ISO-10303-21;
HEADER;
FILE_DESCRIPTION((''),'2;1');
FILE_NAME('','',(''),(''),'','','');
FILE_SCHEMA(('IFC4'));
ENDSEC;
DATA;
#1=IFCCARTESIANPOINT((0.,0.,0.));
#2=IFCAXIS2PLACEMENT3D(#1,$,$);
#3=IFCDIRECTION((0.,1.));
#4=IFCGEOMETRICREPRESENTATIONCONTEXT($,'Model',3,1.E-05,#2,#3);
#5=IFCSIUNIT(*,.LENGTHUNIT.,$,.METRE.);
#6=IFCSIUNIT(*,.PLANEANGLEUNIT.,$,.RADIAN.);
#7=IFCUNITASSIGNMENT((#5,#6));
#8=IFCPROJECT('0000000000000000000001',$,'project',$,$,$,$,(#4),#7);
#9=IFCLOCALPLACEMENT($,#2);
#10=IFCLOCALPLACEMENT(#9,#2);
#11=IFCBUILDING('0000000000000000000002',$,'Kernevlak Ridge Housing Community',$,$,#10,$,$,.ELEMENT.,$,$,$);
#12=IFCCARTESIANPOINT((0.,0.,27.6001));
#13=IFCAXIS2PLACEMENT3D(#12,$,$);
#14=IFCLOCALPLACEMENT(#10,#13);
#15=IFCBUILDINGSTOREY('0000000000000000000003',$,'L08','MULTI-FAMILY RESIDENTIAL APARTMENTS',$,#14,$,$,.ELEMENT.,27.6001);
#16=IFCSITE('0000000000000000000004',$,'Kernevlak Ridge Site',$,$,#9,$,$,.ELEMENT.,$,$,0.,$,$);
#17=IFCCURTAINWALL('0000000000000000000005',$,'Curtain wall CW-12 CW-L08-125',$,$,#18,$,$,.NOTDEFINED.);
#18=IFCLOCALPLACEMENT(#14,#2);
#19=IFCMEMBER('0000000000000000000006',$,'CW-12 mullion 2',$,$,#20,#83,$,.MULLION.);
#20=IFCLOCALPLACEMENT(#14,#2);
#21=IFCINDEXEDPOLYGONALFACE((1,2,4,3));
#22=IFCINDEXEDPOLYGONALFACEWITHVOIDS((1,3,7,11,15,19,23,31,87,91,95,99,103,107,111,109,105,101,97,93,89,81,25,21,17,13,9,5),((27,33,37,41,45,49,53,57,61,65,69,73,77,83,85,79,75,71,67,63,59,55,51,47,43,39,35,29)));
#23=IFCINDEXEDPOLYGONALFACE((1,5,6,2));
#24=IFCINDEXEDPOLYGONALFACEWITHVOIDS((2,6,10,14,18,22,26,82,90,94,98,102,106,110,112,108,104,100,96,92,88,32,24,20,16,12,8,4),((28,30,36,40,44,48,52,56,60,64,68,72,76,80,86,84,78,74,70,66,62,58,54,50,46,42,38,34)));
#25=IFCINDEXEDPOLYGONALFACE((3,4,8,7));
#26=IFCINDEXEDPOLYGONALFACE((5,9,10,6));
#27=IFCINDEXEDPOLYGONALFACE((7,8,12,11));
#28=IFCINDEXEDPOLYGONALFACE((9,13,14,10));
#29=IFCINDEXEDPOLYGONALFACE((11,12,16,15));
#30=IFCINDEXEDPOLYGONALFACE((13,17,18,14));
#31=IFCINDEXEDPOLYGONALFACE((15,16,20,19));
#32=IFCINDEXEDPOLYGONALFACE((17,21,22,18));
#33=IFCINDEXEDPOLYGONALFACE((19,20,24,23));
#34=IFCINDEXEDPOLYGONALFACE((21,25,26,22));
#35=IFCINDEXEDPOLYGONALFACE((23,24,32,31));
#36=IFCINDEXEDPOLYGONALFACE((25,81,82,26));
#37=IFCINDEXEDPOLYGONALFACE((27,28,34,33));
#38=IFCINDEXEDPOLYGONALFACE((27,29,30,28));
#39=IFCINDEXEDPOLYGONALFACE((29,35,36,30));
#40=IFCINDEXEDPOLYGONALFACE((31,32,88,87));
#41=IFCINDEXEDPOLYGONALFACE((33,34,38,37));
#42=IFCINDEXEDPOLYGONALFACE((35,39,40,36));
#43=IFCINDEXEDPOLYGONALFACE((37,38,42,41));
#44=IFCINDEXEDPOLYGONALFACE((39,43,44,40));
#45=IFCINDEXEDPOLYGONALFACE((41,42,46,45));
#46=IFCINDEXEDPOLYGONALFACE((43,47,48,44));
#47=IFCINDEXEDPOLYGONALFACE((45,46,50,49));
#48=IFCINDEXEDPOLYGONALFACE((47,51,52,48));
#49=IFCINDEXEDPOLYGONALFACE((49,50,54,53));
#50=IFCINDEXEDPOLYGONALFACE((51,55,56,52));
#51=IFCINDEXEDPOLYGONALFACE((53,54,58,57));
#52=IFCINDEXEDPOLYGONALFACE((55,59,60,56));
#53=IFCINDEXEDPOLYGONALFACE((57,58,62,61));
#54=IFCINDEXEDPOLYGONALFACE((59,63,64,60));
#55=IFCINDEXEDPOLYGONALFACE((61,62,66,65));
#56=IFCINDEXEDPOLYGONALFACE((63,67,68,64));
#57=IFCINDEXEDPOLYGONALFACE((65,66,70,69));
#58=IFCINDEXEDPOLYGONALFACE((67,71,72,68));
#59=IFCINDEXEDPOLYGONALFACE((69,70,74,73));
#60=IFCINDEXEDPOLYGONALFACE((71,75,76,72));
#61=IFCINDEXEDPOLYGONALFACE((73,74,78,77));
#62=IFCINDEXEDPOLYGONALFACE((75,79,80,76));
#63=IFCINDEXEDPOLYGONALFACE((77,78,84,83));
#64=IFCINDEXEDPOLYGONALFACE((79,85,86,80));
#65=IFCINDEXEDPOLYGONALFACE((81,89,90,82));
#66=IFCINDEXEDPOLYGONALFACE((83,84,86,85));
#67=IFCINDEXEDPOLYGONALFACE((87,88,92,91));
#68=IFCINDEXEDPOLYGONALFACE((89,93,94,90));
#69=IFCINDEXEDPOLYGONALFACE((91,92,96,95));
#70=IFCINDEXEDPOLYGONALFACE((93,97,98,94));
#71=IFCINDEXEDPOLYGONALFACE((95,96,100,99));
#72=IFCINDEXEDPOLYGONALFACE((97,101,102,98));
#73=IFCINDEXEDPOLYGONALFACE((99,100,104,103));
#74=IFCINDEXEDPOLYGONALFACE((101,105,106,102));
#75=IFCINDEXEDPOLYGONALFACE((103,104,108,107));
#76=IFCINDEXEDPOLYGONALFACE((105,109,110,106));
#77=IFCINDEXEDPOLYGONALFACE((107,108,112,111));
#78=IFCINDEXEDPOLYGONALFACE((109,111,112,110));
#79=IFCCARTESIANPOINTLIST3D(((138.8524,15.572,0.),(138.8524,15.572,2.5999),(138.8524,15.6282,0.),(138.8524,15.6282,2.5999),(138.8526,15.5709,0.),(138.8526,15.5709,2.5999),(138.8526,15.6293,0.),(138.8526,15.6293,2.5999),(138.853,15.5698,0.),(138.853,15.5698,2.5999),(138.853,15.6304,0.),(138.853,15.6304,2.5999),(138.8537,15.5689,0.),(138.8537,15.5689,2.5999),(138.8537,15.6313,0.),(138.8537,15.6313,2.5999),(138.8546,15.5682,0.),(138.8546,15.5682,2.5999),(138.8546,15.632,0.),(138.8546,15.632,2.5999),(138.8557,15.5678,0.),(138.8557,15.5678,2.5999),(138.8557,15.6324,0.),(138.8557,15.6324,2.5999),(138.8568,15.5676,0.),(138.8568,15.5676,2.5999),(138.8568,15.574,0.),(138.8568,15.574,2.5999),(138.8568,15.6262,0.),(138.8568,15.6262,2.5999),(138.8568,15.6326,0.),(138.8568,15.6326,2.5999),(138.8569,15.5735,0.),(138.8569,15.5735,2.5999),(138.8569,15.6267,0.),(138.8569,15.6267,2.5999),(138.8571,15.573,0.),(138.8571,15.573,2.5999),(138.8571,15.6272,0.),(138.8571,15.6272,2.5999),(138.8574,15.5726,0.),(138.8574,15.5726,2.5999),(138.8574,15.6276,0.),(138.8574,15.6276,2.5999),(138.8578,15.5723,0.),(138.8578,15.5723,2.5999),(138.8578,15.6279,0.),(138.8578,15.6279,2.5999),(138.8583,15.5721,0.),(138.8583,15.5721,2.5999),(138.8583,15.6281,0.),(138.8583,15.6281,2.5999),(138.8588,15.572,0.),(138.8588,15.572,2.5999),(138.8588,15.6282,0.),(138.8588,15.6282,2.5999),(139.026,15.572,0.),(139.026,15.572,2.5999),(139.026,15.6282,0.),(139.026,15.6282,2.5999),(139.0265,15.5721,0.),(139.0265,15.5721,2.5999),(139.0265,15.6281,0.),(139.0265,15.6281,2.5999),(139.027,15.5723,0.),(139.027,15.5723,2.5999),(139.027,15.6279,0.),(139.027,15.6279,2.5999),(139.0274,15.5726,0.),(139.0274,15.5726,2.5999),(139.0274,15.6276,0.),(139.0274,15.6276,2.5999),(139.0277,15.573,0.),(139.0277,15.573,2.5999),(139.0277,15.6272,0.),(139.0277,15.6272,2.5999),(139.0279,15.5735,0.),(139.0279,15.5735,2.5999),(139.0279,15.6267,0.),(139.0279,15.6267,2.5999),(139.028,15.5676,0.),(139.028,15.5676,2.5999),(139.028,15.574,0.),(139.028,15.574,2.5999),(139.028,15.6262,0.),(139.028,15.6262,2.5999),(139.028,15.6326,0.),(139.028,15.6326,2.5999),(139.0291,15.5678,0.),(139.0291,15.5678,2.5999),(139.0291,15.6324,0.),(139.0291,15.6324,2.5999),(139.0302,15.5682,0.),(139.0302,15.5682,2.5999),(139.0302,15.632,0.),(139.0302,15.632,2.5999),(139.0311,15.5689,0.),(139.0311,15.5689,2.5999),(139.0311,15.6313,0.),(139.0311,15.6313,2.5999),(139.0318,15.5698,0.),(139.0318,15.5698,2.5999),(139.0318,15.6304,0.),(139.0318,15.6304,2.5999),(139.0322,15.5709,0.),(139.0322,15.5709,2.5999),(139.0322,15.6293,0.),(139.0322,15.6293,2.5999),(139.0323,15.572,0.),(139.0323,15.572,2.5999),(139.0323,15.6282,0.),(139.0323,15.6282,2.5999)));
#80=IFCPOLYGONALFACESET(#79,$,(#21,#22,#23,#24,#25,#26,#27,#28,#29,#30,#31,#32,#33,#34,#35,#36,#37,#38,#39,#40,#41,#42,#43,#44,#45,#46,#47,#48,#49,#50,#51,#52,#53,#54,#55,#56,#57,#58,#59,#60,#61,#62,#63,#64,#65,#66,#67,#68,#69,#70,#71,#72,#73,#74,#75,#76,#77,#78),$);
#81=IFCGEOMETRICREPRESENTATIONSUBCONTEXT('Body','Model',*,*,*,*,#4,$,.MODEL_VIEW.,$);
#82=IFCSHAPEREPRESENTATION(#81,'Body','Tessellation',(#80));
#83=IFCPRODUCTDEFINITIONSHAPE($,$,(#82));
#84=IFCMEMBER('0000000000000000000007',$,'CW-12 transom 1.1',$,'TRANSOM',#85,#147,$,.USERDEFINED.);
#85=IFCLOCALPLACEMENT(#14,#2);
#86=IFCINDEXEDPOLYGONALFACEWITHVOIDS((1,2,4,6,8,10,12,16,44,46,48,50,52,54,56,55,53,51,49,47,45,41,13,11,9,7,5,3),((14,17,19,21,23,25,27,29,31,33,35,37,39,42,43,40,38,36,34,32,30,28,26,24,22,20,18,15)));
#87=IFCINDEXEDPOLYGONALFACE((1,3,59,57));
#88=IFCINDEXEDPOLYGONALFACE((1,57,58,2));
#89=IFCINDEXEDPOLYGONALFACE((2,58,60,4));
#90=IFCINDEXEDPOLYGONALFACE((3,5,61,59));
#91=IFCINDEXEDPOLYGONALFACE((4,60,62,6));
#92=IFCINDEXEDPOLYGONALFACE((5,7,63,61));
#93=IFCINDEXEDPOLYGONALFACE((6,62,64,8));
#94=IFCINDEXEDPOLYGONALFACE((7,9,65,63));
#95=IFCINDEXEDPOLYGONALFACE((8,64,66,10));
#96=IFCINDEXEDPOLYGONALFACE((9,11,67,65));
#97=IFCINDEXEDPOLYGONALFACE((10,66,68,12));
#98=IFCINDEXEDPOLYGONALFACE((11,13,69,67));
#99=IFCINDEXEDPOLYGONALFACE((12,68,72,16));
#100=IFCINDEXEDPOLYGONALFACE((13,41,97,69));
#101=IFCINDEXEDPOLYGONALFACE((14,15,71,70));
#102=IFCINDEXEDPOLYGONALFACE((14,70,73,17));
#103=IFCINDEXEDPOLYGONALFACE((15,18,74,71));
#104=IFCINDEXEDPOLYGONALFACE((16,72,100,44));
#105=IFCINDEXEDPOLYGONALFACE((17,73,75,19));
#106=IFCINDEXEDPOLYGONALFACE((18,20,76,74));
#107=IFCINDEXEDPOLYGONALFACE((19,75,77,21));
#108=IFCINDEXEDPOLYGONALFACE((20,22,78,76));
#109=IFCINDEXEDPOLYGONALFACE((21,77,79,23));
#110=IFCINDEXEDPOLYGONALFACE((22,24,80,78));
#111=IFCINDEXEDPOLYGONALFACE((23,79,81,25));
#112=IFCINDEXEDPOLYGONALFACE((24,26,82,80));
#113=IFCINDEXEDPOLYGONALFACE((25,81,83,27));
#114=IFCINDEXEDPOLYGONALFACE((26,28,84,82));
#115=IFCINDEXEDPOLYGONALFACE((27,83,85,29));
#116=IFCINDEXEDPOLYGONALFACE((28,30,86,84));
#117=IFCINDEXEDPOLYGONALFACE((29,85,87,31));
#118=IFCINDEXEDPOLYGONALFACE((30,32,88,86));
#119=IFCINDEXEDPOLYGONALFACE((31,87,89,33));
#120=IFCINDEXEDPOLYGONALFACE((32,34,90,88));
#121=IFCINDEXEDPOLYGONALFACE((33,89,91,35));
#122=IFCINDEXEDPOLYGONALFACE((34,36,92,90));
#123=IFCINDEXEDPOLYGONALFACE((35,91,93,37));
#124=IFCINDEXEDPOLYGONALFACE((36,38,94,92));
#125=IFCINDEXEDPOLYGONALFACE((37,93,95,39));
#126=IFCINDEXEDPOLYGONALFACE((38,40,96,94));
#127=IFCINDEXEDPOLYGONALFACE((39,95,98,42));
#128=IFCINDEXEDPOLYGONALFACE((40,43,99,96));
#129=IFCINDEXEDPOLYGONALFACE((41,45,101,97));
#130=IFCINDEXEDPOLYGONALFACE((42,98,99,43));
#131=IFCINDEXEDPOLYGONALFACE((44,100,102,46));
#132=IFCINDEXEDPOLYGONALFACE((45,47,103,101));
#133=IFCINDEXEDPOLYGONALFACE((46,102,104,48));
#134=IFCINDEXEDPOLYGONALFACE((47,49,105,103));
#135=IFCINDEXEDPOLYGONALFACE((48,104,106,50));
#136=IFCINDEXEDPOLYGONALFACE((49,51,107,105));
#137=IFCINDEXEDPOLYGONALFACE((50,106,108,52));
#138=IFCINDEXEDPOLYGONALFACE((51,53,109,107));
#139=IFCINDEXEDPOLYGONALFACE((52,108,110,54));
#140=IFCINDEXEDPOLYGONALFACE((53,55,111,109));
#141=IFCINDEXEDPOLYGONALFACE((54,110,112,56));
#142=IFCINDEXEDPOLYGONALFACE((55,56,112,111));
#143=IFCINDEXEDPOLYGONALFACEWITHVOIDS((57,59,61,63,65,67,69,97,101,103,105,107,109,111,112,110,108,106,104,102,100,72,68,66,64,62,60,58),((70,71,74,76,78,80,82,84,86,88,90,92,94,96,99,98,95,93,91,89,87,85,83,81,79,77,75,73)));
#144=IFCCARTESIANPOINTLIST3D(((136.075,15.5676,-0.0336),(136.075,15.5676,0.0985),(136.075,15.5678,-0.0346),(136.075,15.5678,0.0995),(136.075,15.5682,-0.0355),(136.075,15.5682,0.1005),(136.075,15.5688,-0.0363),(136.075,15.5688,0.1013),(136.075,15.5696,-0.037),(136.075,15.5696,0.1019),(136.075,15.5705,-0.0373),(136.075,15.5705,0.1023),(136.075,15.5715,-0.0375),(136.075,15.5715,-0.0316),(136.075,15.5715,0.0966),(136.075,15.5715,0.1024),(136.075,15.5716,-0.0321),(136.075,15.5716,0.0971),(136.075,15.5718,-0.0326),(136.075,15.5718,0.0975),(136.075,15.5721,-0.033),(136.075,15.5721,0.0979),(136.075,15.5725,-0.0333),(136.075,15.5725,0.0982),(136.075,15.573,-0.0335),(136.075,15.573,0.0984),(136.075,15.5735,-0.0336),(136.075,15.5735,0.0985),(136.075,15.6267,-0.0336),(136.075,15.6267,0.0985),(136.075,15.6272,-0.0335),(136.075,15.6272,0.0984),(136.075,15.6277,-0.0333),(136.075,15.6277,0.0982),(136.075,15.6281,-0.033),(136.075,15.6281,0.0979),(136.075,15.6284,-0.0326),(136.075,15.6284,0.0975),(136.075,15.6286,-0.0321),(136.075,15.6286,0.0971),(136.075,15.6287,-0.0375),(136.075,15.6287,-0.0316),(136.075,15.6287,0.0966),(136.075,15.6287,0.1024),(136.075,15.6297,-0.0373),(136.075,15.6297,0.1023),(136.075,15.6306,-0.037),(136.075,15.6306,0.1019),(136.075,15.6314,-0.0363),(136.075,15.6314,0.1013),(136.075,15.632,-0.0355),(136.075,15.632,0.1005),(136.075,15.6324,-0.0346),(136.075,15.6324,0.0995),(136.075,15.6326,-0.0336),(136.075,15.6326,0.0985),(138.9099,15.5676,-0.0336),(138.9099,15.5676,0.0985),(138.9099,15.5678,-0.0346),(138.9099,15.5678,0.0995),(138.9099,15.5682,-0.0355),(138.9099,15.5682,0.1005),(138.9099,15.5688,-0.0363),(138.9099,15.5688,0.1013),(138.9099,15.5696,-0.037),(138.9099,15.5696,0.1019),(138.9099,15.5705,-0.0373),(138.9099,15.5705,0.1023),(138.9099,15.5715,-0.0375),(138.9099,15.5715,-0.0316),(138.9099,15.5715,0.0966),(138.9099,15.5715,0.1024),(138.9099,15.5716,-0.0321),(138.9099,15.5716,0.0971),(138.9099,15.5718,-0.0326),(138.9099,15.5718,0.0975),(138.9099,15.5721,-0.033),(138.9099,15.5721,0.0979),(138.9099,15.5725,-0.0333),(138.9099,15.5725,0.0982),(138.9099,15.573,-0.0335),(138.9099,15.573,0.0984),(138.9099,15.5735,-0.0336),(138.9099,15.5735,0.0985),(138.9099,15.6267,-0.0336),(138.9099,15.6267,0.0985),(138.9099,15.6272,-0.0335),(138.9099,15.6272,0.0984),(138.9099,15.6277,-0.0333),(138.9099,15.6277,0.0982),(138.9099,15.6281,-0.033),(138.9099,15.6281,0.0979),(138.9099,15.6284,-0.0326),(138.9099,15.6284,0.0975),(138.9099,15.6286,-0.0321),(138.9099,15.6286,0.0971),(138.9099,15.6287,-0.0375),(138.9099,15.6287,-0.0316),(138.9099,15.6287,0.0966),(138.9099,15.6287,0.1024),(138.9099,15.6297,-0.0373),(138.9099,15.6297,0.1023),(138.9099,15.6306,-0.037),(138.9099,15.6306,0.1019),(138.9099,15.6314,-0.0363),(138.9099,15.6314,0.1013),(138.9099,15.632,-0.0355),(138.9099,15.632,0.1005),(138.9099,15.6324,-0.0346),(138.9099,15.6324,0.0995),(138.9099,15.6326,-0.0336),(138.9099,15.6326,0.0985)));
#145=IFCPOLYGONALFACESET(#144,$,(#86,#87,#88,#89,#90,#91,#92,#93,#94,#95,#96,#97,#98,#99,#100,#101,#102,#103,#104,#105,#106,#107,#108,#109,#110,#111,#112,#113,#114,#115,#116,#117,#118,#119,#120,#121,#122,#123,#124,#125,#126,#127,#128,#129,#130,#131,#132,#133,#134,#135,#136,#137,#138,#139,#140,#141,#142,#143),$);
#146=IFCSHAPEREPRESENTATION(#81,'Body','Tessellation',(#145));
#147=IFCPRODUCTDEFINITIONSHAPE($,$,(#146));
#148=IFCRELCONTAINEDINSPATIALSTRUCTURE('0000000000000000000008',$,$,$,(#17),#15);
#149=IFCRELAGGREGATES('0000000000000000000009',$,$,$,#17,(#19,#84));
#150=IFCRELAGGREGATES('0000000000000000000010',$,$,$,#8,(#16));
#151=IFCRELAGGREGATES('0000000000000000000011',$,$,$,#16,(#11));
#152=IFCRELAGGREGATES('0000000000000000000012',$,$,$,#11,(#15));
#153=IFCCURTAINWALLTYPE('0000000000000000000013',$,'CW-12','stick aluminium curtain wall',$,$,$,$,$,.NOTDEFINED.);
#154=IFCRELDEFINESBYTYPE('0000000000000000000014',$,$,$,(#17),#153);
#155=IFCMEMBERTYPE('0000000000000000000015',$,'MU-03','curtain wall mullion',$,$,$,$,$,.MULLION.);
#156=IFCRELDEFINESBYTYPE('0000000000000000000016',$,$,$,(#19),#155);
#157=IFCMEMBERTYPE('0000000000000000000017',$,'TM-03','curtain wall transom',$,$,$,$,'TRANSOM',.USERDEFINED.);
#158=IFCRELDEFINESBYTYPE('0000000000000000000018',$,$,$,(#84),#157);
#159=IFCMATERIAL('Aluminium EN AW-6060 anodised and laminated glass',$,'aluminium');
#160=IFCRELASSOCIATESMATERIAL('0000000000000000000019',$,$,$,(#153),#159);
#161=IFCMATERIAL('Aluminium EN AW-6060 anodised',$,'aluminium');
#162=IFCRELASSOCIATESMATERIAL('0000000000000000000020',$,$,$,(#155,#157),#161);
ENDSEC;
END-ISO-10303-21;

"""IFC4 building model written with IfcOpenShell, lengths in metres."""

from ifc_helpers import new_model, si_unit, direction, frame, origin, origin_2d, place, context, subcontext, project, spatial, hollow_rectangle, extrude, material, material_profile, profile_set, type_object, element, aggregate, save


model = new_model("IFC4")

# Units and contexts
model_context = context("Model", 3, precision=1e-05, world=origin(), true_north=direction((0.0, 1.0)))
body_context = subcontext(model_context, "Body", "Model", "MODEL_VIEW")
ifc_project = project(units=[si_unit("LENGTHUNIT", "METRE"), si_unit("PLANEANGLEUNIT", "RADIAN")], contexts=[model_context])

# Site, building, storey
site_placement = place(None, origin())
site = spatial("IfcSite", under=ifc_project, at=site_placement, Name="Kernevlak Ridge Site", CompositionType="ELEMENT", RefElevation=0.0)
building_placement = place(site_placement, origin())
building = spatial("IfcBuilding", under=site, at=building_placement, Name="Kernevlak Ridge Housing Community", CompositionType="ELEMENT")
storey_placement = place(building_placement, frame((0.0, 0.0, 27.6001)))
storey = spatial("IfcBuildingStorey", under=building, at=storey_placement, Name="L08", Description="MULTI-FAMILY RESIDENTIAL APARTMENTS", CompositionType="ELEMENT", Elevation=27.6001)

# Shared definitions
ifc_material_1 = material(Name="Aluminium EN AW-6060 anodised and laminated glass", Category="aluminium")
ifc_material_2 = material(Name="Aluminium EN AW-6060 anodised", Category="aluminium")

# Curtain wall, members
curtain_wall_type_1 = type_object("IfcCurtainWallType", Name="CW-12", Description="stick aluminium curtain wall", PredefinedType="NOTDEFINED", material=ifc_material_1)
curtain_wall_1_placement = place(storey_placement, origin())
curtain_wall_1 = element("IfcCurtainWall", 1, at=curtain_wall_1_placement, inside=storey, type_object=curtain_wall_type_1, Name="Curtain wall CW-12 CW-L08-125", PredefinedType="NOTDEFINED")
ifc_material_profile_1 = material_profile(ifc_material_2, hollow_rectangle(XDim=0.0649, YDim=0.1799, WallThickness=0.0044, InnerFilletRadius=0.002, OuterFilletRadius=0.0044, at=origin_2d()), Name="ALU 65x180x4.5")
ifc_profile_set_1 = profile_set([ifc_material_profile_1], Name="Aluminium EN AW-6060 anodised")
member_type_1 = type_object("IfcMemberType", Name="MU-03", Description="curtain wall mullion", PredefinedType="MULLION", material=ifc_profile_set_1)
member_1_placement = place(storey_placement, frame((138.9424, 15.6001, 0.0), z_axis=(0.0, 0.0, 1.0), x_axis=(0.0, 1.0, 0.0)))
member_1 = element("IfcMember", 2, at=member_1_placement, type_object=member_type_1, Name="CW-12 mullion 2", PredefinedType="MULLION", context=body_context, shape_type="SweptSolid", body=[
    extrude(hollow_rectangle(XDim=0.0649, YDim=0.1799, WallThickness=0.0044, InnerFilletRadius=0.002, OuterFilletRadius=0.0044, at=origin_2d()), origin(), (0.0, 0.0, 1.0), 2.5999),
])
ifc_material_profile_2 = material_profile(ifc_material_2, hollow_rectangle(XDim=0.0649, YDim=0.1399, WallThickness=0.0039, InnerFilletRadius=0.002, OuterFilletRadius=0.0039, at=origin_2d()), Name="ALU 65x140x4")
ifc_profile_set_2 = profile_set([ifc_material_profile_2], Name="Aluminium EN AW-6060 anodised")
member_type_2 = type_object("IfcMemberType", Name="TM-03", Description="curtain wall transom", ElementType="TRANSOM", PredefinedType="USERDEFINED", material=ifc_profile_set_2)
member_2_placement = place(storey_placement, frame((136.075, 15.6001, 0.0325), z_axis=(1.0, 0.0, 0.0), x_axis=(0.0, 1.0, 0.0)))
member_2 = element("IfcMember", 3, at=member_2_placement, type_object=member_type_2, Name="CW-12 transom 1.1", ObjectType="TRANSOM", PredefinedType="USERDEFINED", context=body_context, shape_type="SweptSolid", body=[
    extrude(hollow_rectangle(XDim=0.0649, YDim=0.1399, WallThickness=0.0039, InnerFilletRadius=0.002, OuterFilletRadius=0.0039, at=origin_2d()), origin(), (0.0, 0.0, 1.0), 2.835),
])
aggregate(curtain_wall_1, [member_1, member_2])

save(model, "model.ifc")
